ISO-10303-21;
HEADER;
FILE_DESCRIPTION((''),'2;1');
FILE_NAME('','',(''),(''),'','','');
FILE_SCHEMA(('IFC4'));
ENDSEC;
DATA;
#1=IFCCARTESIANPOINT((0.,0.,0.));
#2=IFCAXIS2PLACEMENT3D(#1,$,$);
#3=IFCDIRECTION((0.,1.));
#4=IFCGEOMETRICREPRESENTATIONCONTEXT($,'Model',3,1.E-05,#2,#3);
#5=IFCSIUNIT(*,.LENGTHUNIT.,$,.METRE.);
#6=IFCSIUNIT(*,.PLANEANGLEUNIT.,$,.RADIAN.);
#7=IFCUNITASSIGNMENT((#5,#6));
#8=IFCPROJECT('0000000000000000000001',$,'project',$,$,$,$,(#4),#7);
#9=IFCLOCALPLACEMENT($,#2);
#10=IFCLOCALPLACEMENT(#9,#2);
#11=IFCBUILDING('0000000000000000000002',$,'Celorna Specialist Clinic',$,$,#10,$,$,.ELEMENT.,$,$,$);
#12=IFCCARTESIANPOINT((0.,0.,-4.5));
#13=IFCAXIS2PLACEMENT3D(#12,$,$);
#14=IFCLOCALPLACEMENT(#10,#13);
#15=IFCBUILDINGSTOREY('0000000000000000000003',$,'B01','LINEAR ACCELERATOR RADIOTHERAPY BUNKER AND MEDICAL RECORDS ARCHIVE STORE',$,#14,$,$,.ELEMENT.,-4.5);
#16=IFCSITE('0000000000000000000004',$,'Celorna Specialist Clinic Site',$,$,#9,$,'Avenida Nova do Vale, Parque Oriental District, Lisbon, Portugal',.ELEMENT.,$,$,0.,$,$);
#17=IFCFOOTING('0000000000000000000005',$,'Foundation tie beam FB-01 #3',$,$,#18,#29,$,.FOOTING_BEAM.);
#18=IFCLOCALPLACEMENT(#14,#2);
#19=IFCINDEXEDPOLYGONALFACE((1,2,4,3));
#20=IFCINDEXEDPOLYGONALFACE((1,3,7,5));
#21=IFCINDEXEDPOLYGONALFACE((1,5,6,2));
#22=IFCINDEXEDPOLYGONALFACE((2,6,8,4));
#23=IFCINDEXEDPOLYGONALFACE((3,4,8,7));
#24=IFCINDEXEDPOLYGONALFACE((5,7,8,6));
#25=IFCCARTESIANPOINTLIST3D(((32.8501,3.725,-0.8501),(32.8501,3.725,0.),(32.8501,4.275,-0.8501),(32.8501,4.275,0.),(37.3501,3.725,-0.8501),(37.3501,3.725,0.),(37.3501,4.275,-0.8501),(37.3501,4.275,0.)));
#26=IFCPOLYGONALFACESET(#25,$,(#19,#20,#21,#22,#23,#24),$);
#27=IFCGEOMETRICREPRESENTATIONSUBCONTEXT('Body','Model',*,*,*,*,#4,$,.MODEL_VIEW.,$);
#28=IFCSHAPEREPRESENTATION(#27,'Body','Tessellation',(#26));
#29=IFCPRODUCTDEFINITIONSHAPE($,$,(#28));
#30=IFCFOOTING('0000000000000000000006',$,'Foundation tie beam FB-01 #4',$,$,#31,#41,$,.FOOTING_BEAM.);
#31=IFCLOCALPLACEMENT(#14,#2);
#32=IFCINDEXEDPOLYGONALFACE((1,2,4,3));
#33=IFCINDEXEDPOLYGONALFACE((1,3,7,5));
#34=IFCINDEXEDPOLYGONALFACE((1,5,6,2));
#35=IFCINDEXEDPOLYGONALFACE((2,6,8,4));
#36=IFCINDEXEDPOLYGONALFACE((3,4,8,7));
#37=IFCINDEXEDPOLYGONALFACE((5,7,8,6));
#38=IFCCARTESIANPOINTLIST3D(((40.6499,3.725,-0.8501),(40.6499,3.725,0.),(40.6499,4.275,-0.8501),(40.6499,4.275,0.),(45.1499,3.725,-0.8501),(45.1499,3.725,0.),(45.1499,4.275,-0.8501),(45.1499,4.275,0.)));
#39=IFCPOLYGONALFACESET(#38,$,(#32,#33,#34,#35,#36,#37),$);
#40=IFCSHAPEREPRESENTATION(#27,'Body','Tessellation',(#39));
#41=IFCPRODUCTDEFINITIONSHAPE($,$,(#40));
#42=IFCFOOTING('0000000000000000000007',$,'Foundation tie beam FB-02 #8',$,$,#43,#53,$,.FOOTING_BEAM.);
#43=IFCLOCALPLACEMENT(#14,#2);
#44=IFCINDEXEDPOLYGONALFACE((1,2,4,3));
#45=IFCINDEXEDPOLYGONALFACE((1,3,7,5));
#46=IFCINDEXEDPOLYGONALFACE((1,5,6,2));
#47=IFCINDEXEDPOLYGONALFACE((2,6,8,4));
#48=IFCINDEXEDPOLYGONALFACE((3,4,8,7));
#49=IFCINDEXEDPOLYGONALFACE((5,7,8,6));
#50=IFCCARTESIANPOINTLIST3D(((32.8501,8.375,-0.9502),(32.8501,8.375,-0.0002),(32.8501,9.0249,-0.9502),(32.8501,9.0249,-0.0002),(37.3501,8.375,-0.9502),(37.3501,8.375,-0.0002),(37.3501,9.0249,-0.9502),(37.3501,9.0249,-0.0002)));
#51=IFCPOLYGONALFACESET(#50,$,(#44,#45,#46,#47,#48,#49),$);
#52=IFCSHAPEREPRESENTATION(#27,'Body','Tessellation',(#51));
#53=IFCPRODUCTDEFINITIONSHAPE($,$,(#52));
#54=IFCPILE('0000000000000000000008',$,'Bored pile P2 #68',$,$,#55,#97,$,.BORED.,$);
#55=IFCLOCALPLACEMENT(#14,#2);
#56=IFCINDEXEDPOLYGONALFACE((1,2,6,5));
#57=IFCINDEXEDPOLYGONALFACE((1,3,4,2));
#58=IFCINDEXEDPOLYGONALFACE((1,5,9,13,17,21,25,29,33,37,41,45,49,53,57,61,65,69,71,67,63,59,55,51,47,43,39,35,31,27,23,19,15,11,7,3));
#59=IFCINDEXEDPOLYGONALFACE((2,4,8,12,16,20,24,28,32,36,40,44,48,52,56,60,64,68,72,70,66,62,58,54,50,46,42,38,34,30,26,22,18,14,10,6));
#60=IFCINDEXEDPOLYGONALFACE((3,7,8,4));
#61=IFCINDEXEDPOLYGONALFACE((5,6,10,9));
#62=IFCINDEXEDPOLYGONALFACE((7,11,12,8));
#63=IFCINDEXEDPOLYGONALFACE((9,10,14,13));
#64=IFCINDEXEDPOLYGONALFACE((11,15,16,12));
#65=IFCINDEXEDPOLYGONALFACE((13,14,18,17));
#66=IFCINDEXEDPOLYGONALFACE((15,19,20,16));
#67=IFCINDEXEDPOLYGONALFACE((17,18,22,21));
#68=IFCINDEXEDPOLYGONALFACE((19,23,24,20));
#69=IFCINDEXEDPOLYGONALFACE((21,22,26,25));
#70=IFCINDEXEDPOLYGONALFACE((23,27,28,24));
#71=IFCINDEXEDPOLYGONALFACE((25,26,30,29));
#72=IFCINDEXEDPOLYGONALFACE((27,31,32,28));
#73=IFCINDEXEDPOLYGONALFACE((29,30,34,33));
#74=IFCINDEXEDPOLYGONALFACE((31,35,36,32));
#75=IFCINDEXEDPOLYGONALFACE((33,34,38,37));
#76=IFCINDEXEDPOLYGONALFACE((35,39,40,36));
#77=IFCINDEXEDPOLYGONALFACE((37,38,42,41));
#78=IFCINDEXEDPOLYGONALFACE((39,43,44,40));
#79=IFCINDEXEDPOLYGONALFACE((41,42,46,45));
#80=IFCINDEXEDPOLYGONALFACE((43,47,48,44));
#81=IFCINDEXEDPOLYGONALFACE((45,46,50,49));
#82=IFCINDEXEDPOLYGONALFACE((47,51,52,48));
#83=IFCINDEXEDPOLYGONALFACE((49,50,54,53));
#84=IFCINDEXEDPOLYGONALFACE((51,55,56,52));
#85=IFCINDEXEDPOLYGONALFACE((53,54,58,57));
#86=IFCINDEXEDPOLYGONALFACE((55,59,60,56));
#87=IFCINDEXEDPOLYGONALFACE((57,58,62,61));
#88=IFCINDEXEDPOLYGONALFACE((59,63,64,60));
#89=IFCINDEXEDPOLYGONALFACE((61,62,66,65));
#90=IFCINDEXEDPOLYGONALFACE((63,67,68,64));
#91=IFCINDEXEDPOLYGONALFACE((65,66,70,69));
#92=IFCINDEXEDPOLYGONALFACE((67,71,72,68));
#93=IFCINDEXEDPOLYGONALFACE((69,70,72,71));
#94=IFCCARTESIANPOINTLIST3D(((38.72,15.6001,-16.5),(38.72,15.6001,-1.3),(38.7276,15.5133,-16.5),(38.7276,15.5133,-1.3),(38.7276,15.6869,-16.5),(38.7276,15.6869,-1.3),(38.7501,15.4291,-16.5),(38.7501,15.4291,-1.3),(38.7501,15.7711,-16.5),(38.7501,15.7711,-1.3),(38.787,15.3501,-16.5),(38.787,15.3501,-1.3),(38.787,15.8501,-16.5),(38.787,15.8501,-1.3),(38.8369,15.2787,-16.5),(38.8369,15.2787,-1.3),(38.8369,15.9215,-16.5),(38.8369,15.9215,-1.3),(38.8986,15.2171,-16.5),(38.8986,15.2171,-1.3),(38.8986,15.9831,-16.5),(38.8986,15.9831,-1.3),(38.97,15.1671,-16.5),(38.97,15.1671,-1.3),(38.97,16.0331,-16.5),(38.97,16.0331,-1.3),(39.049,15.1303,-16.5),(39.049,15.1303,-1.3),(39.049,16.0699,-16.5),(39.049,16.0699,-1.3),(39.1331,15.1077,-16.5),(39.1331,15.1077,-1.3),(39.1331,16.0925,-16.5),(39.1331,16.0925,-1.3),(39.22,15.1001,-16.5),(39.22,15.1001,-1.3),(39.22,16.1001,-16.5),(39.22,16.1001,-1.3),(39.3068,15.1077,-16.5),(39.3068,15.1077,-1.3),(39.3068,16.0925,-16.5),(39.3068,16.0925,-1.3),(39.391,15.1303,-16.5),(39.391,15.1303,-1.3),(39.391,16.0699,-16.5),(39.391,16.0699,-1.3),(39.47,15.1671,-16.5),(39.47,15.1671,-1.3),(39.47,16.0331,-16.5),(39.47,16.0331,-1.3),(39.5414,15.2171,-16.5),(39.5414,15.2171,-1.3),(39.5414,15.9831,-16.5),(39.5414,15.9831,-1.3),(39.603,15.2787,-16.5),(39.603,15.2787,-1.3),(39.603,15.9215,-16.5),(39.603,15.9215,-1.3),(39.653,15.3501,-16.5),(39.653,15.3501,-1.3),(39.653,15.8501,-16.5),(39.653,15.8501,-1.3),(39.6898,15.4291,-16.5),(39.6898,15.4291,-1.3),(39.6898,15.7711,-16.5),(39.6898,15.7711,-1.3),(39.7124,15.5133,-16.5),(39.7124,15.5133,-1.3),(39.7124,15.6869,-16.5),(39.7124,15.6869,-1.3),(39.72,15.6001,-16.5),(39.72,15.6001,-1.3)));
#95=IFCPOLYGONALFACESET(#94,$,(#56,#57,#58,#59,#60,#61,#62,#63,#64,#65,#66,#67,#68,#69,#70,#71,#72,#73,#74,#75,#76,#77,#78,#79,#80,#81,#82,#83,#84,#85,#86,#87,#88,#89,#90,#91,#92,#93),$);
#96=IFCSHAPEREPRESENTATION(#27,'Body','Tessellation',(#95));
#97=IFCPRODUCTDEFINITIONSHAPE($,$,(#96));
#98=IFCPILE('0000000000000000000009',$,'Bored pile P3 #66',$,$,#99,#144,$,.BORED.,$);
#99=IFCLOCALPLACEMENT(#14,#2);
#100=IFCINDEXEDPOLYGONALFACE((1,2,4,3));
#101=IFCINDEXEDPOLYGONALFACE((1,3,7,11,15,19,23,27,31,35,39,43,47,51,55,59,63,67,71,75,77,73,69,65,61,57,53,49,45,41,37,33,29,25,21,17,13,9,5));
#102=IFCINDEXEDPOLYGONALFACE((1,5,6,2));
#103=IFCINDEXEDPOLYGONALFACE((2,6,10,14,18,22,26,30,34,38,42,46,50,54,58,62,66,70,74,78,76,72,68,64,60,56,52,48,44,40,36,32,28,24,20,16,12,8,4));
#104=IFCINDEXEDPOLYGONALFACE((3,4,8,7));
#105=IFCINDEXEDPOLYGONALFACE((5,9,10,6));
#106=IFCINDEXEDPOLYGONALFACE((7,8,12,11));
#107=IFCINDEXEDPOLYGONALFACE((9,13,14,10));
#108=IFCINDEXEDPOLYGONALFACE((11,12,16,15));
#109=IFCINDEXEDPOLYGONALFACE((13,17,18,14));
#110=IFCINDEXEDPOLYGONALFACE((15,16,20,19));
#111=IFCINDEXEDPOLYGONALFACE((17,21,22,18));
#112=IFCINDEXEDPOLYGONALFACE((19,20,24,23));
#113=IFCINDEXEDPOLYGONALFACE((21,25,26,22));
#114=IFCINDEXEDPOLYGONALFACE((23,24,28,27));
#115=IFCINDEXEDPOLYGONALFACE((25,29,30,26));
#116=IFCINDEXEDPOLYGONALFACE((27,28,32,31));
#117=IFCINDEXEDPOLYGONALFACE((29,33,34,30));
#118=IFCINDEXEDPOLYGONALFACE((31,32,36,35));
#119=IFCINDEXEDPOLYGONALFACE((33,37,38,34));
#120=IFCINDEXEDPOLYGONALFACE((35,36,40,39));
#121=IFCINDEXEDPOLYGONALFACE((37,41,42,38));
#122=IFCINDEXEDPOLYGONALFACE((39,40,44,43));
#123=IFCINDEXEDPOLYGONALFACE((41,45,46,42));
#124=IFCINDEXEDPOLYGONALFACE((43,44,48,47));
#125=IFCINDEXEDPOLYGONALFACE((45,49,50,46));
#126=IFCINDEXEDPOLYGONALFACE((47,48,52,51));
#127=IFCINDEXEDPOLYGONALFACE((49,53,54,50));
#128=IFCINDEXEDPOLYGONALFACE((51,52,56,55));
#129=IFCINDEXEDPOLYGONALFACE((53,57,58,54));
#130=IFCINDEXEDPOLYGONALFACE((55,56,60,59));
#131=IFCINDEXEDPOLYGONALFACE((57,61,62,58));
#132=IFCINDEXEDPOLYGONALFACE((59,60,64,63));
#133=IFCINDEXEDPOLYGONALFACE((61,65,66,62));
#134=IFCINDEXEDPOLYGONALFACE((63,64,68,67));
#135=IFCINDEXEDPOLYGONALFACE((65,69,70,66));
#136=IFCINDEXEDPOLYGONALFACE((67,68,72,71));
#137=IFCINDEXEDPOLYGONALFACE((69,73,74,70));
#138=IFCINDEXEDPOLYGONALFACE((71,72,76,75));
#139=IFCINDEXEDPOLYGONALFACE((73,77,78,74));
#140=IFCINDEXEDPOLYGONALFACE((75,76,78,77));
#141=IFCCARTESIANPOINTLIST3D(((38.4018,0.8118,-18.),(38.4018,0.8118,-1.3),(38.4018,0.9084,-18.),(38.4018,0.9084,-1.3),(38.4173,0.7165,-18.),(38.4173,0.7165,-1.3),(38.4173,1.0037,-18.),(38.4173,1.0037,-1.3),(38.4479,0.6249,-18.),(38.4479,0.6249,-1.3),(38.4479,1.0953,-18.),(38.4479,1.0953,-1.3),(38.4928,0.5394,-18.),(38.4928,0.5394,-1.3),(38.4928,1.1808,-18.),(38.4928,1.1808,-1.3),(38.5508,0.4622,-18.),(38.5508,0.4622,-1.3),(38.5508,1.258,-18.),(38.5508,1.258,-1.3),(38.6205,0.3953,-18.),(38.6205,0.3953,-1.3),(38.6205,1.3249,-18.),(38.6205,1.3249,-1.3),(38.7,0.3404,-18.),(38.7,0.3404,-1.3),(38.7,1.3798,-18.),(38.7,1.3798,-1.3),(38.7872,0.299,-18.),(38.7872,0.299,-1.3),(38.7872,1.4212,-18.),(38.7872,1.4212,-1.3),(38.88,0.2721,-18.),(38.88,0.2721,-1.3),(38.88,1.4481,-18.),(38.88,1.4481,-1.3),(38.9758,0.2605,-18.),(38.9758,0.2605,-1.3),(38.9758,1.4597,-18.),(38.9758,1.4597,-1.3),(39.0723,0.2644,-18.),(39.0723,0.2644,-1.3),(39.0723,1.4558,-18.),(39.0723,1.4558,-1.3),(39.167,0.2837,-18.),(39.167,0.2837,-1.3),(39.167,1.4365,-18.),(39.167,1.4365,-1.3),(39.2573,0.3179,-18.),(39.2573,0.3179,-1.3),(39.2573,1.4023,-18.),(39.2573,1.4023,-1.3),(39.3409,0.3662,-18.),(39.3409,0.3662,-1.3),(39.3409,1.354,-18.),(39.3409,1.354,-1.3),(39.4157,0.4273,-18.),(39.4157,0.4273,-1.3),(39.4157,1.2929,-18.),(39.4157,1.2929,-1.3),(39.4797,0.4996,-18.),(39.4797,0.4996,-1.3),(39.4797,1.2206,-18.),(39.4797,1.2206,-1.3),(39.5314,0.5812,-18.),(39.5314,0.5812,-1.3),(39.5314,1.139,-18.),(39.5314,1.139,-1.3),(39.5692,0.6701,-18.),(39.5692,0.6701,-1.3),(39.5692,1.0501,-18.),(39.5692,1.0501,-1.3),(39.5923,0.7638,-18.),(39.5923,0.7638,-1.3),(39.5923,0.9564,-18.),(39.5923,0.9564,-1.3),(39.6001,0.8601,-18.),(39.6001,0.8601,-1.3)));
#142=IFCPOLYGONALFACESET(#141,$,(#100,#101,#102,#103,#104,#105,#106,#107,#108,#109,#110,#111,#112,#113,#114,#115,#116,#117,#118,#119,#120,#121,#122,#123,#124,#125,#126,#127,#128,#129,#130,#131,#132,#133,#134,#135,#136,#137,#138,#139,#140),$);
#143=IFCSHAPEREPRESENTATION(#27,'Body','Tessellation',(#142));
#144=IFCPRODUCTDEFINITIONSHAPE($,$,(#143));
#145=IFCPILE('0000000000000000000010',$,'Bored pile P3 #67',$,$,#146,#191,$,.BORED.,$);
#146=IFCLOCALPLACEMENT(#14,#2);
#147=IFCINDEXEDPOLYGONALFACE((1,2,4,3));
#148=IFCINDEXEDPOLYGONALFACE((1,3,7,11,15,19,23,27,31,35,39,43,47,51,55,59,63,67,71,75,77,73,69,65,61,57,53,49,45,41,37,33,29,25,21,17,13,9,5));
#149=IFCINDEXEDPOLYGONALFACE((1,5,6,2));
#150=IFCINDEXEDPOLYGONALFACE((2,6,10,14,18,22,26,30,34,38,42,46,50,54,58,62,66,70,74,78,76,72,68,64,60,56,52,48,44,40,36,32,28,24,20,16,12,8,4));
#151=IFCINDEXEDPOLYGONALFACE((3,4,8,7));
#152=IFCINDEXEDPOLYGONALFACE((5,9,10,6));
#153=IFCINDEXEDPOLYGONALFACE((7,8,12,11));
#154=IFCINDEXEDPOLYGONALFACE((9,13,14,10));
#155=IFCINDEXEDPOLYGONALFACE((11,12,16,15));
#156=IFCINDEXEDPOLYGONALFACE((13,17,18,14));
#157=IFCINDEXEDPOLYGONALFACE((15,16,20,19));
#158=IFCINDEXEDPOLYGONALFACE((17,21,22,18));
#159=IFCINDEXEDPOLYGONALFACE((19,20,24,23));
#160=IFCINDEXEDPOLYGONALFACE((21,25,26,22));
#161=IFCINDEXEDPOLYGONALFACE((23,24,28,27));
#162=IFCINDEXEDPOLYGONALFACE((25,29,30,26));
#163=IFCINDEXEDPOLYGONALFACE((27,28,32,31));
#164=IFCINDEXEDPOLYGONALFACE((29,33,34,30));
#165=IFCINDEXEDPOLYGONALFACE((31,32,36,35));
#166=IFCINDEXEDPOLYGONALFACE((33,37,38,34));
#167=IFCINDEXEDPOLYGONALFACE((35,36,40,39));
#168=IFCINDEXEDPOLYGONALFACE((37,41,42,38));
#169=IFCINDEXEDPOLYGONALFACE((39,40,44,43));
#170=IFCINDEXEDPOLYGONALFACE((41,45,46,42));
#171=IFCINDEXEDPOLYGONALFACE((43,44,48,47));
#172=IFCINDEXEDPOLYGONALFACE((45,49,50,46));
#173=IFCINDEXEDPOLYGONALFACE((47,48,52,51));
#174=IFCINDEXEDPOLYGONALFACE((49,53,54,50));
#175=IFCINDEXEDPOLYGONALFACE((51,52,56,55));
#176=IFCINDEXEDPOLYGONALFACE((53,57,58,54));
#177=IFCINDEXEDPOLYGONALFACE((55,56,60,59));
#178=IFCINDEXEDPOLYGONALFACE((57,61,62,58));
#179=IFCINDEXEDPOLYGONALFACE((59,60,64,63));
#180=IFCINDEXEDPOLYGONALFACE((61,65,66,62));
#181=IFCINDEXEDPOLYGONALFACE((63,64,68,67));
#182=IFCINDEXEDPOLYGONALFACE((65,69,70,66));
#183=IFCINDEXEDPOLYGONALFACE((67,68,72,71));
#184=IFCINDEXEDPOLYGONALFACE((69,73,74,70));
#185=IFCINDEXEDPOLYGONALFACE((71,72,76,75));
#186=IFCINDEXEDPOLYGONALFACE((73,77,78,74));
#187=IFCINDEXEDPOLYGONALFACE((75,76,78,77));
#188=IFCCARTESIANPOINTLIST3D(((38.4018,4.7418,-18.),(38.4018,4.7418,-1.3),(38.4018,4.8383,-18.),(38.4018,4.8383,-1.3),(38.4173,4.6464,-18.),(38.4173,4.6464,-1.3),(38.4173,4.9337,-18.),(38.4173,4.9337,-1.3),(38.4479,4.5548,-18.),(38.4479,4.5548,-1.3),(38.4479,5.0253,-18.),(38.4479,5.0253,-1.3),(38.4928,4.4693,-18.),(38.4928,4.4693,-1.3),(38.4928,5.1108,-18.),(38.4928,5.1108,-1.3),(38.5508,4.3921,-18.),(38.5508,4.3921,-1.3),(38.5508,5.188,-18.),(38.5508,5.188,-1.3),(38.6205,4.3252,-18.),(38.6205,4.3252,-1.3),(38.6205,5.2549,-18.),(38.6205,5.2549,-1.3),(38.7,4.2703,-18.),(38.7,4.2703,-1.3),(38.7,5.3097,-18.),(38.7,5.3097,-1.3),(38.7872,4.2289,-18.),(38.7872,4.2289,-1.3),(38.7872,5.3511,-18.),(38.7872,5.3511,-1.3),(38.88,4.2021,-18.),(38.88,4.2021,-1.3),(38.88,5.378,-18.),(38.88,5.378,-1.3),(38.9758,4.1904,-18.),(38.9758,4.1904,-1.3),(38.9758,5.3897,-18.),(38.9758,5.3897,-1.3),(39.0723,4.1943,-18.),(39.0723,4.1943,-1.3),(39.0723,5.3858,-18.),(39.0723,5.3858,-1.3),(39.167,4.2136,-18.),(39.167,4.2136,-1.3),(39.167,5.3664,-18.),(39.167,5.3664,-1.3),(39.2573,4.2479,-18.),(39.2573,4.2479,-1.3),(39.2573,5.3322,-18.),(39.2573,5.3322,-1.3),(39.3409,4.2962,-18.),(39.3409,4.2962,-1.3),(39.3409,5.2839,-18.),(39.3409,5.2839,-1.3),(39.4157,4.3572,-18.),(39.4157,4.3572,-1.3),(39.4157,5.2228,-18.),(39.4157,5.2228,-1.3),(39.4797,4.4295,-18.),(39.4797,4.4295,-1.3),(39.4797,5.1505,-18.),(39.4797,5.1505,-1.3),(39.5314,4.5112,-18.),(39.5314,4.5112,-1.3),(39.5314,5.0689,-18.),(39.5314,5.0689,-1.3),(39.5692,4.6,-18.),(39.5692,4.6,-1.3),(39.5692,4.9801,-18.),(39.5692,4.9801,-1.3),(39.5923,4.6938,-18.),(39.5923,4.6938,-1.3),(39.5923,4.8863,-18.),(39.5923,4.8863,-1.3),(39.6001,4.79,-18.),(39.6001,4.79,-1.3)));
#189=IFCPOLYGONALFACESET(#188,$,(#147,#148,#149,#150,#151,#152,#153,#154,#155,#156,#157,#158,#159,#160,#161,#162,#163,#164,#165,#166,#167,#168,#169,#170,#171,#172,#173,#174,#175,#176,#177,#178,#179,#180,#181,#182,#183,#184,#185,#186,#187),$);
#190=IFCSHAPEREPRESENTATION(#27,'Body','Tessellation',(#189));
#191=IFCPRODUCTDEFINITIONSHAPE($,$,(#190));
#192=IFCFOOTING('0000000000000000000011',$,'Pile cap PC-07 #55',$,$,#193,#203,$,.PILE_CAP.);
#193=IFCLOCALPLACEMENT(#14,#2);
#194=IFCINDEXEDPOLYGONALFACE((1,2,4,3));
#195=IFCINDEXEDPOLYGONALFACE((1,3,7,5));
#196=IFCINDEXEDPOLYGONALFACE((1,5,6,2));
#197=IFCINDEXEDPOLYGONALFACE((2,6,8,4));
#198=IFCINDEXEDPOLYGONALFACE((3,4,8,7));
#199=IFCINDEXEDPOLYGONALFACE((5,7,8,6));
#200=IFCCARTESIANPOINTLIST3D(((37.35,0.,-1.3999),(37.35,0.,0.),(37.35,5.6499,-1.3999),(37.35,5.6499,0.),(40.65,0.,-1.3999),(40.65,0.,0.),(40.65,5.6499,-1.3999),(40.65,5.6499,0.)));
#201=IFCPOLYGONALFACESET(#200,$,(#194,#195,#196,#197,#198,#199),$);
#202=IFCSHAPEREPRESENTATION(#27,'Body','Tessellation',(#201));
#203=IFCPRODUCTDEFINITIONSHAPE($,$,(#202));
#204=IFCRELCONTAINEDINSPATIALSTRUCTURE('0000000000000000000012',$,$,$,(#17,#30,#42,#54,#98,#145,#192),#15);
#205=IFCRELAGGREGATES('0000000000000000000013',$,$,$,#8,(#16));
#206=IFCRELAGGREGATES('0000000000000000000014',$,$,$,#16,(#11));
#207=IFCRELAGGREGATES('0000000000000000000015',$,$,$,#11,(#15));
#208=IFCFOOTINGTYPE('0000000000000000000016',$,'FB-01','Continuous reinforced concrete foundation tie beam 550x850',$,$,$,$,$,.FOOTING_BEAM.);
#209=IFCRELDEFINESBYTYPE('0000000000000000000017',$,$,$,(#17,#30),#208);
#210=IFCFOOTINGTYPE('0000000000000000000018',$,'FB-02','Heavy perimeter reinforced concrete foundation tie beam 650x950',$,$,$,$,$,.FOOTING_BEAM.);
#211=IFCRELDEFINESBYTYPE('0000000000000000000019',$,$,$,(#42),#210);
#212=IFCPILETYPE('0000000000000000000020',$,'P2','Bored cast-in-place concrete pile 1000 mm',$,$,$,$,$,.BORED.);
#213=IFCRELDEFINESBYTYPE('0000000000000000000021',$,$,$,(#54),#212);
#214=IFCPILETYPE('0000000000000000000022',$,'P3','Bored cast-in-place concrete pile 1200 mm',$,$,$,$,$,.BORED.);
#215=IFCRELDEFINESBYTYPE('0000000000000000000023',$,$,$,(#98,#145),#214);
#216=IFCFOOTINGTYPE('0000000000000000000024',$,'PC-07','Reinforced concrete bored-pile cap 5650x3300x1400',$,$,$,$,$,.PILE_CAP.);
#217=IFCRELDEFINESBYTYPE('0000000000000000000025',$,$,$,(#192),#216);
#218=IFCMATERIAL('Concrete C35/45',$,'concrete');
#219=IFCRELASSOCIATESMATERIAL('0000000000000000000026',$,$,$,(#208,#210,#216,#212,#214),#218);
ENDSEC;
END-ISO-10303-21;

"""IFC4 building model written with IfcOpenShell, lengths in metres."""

from ifc_helpers import new_model, si_unit, direction, frame, origin, origin_2d, place, context, subcontext, project, spatial, rectangle, circle, extrude, material, material_profile, profile_set, type_object, element, save


model = new_model("IFC4")

# Units and contexts
model_context = context("Model", 3, precision=1e-05, world=origin(), true_north=direction((0.0, 1.0)))
body_context = subcontext(model_context, "Body", "Model", "MODEL_VIEW")
ifc_project = project(units=[si_unit("LENGTHUNIT", "METRE"), si_unit("PLANEANGLEUNIT", "RADIAN")], contexts=[model_context])

# Site, building, storey
site_placement = place(None, origin())
site = spatial("IfcSite", under=ifc_project, at=site_placement, Name="Celorna Specialist Clinic Site", LongName="Avenida Nova do Vale, Parque Oriental District, Lisbon, Portugal", CompositionType="ELEMENT", RefElevation=0.0)
building_placement = place(site_placement, origin())
building = spatial("IfcBuilding", under=site, at=building_placement, Name="Celorna Specialist Clinic", CompositionType="ELEMENT")
storey_placement = place(building_placement, frame((0.0, 0.0, -4.5)))
storey = spatial("IfcBuildingStorey", under=building, at=storey_placement, Name="B01", Description="LINEAR ACCELERATOR RADIOTHERAPY BUNKER AND MEDICAL RECORDS ARCHIVE STORE", CompositionType="ELEMENT", Elevation=-4.5)

# Footings
ifc_material_1 = material(Name="Concrete C35/45", Category="concrete")
footing_type_1 = type_object("IfcFootingType", Name="FB-01", Description="Continuous reinforced concrete foundation tie beam 550x850", PredefinedType="FOOTING_BEAM", material=ifc_material_1)
for number, where, z_axis, x_axis, name in (
    (1, (35.1001, 4.0, -0.8501), (0.0, 0.0, 1.0), (1.0, 0.0, 0.0), "Foundation tie beam FB-01 #3"),
    (2, (42.8999, 4.0, -0.8501), (0.0, 0.0, 1.0), (1.0, 0.0, 0.0), "Foundation tie beam FB-01 #4"),
):
    element("IfcFooting", number, at=place(storey_placement, frame(where, z_axis=z_axis, x_axis=x_axis)), inside=storey, type_object=footing_type_1, Name=name, PredefinedType="FOOTING_BEAM", context=body_context, shape_type="SweptSolid", body=[
        extrude(rectangle(XDim=4.5, YDim=0.55, at=origin_2d()), origin(), (0.0, 0.0, 1.0), 0.8501),
    ])
footing_type_2 = type_object("IfcFootingType", Name="FB-02", Description="Heavy perimeter reinforced concrete foundation tie beam 650x950", PredefinedType="FOOTING_BEAM", material=ifc_material_1)
footing_1_placement = place(storey_placement, frame((35.1001, 8.7, -0.9502), z_axis=(0.0, 0.0, 1.0), x_axis=(1.0, 0.0, 0.0)))
element("IfcFooting", 3, at=footing_1_placement, inside=storey, type_object=footing_type_2, Name="Foundation tie beam FB-02 #8", PredefinedType="FOOTING_BEAM", context=body_context, shape_type="SweptSolid", body=[
    extrude(rectangle(XDim=4.5, YDim=0.6499, at=origin_2d()), origin(), (0.0, 0.0, 1.0), 0.95),
])

# Piles
ifc_material_profile_1 = material_profile(ifc_material_1, circle(Radius=0.5, at=origin_2d()), Name="BORED PILE 1000")
ifc_profile_set_1 = profile_set([ifc_material_profile_1], Name="Concrete C35/45")
pile_type_1 = type_object("IfcPileType", Name="P2", Description="Bored cast-in-place concrete pile 1000 mm", PredefinedType="BORED", material=ifc_profile_set_1)
pile_placement = place(storey_placement, frame((39.22, 15.6001, -1.3), z_axis=(0.0, 0.0, -1.0), x_axis=(1.0, 0.0, 0.0)))
element("IfcPile", 4, at=pile_placement, inside=storey, type_object=pile_type_1, Name="Bored pile P2 #68", PredefinedType="BORED", context=body_context, shape_type="SweptSolid", body=[
    extrude(circle(Radius=0.5, at=origin_2d()), origin(), (0.0, 0.0, 1.0), 15.2),
])
ifc_material_profile_2 = material_profile(ifc_material_1, circle(Radius=0.6001, at=origin_2d()), Name="BORED PILE 1200")
ifc_profile_set_2 = profile_set([ifc_material_profile_2], Name="Concrete C35/45")
pile_type_2 = type_object("IfcPileType", Name="P3", Description="Bored cast-in-place concrete pile 1200 mm", PredefinedType="BORED", material=ifc_profile_set_2)
for number, where, z_axis, x_axis, name in (
    (5, (39.0, 0.8601, -1.3), (0.0, 0.0, -1.0), (1.0, 0.0, 0.0), "Bored pile P3 #66"),
    (6, (39.0, 4.79, -1.3), (0.0, 0.0, -1.0), (1.0, 0.0, 0.0), "Bored pile P3 #67"),
):
    element("IfcPile", number, at=place(storey_placement, frame(where, z_axis=z_axis, x_axis=x_axis)), inside=storey, type_object=pile_type_2, Name=name, PredefinedType="BORED", context=body_context, shape_type="SweptSolid", body=[
        extrude(circle(Radius=0.6001, at=origin_2d()), origin(), (0.0, 0.0, 1.0), 16.7),
    ])

# Footing
footing_type_3 = type_object("IfcFootingType", Name="PC-07", Description="Reinforced concrete bored-pile cap 5650x3300x1400", PredefinedType="PILE_CAP", material=ifc_material_1)
footing_2_placement = place(storey_placement, frame((39.0, 2.825, -1.3999), z_axis=(0.0, 0.0, 1.0), x_axis=(1.0, 0.0, 0.0)))
element("IfcFooting", 7, at=footing_2_placement, inside=storey, type_object=footing_type_3, Name="Pile cap PC-07 #55", PredefinedType="PILE_CAP", context=body_context, shape_type="SweptSolid", body=[
    extrude(rectangle(XDim=3.3, YDim=5.6499, at=origin_2d()), origin(), (0.0, 0.0, 1.0), 1.3999),
])

save(model, "model.ifc")
